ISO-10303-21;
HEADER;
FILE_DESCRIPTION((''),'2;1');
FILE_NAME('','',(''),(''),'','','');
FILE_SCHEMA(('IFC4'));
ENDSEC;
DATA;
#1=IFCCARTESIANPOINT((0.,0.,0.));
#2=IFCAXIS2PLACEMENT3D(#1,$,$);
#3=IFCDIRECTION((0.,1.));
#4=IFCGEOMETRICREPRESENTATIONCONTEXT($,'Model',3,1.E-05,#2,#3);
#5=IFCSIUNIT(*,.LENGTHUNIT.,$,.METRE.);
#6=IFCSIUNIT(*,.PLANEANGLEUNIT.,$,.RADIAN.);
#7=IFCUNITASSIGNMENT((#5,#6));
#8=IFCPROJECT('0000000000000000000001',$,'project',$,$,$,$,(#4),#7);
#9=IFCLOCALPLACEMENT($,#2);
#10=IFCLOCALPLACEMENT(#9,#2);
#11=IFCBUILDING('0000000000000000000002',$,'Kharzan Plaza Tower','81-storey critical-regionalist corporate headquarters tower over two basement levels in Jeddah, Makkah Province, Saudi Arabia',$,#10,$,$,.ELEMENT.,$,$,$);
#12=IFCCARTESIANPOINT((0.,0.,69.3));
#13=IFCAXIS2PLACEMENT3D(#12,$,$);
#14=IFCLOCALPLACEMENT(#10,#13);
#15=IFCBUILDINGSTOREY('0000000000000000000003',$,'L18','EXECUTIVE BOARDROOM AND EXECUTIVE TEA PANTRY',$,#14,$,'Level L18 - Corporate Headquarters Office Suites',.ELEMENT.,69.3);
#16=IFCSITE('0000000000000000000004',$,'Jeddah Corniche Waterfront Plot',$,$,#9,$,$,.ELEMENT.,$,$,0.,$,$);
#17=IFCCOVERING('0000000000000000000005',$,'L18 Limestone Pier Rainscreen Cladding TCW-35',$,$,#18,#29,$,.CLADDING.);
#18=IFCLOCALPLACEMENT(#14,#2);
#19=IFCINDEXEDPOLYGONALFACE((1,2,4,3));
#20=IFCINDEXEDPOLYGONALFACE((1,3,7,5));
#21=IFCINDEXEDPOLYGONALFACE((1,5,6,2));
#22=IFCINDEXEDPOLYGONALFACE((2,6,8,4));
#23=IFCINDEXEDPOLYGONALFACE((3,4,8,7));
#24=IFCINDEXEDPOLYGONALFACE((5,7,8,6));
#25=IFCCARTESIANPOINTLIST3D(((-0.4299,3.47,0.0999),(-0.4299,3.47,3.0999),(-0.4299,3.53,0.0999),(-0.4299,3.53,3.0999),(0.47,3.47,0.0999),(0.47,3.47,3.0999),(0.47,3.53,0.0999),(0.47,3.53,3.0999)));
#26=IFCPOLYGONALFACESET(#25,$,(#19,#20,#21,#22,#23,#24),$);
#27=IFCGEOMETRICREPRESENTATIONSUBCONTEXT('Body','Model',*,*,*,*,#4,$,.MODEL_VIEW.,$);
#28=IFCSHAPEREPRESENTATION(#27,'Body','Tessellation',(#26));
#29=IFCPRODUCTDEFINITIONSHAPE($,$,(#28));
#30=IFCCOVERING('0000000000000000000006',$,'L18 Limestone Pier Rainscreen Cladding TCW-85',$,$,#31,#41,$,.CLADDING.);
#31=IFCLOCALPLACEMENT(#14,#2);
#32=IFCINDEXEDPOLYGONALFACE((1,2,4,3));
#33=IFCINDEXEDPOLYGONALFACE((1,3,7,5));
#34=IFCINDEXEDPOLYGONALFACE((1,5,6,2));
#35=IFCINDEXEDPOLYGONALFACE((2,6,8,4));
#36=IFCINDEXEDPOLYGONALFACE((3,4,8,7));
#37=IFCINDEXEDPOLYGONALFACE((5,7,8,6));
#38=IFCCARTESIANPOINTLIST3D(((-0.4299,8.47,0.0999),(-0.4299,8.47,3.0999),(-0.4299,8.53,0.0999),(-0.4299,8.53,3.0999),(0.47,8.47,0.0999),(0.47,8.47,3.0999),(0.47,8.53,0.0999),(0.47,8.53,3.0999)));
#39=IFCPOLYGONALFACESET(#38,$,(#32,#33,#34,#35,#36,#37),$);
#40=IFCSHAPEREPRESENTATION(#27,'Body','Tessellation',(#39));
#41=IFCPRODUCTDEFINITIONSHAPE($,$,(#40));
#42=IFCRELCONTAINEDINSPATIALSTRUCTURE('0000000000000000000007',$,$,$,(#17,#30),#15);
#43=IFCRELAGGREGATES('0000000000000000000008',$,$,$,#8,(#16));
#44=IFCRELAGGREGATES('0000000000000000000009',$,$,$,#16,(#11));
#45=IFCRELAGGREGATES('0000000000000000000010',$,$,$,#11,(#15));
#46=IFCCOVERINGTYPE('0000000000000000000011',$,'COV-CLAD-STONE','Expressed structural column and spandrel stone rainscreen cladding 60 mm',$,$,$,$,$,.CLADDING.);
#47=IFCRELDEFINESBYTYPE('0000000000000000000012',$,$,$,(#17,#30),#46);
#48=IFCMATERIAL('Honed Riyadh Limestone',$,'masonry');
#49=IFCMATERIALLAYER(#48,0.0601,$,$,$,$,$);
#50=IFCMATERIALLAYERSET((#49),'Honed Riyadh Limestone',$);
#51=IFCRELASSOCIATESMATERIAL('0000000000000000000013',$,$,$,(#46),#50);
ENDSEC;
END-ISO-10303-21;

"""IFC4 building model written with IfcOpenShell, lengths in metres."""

from ifc_helpers import new_model, si_unit, direction, frame, origin, origin_2d, place, context, subcontext, project, spatial, rectangle, extrude, source, transform, mapped, material, layer, layer_set, type_object, element, save


model = new_model("IFC4")

# Units and contexts
model_context = context("Model", 3, precision=1e-05, world=origin(), true_north=direction((0.0, 1.0)))
body_context = subcontext(model_context, "Body", "Model", "MODEL_VIEW")
ifc_project = project(units=[si_unit("LENGTHUNIT", "METRE"), si_unit("PLANEANGLEUNIT", "RADIAN")], contexts=[model_context])

# Site, building, storey
site_placement = place(None, origin())
site = spatial("IfcSite", under=ifc_project, at=site_placement, Name="Jeddah Corniche Waterfront Plot", CompositionType="ELEMENT", RefElevation=0.0)
building_placement = place(site_placement, origin())
building = spatial("IfcBuilding", under=site, at=building_placement, Name="Kharzan Plaza Tower", Description="81-storey critical-regionalist corporate headquarters tower over two basement levels in Jeddah, Makkah Province, Saudi Arabia", CompositionType="ELEMENT")
storey_placement = place(building_placement, frame((0.0, 0.0, 69.3)))
storey = spatial("IfcBuildingStorey", under=building, at=storey_placement, Name="L18", Description="EXECUTIVE BOARDROOM AND EXECUTIVE TEA PANTRY", LongName="Level L18 - Corporate Headquarters Office Suites", CompositionType="ELEMENT", Elevation=69.3)

# Coverings
ifc_material_1 = material(Name="Honed Riyadh Limestone", Category="masonry")
ifc_layer_1 = layer(ifc_material_1, 0.0601)
ifc_layer_set_1 = layer_set([ifc_layer_1], Name="Honed Riyadh Limestone")
covering_type = type_object("IfcCoveringType", Name="COV-CLAD-STONE", Description="Expressed structural column and spandrel stone rainscreen cladding 60 mm", PredefinedType="CLADDING", material=ifc_layer_set_1)
shared_shape_1 = source(origin(), body_context, "Body", "SweptSolid", [
    extrude(rectangle(XDim=0.0601, YDim=0.8999, at=origin_2d()), origin(), (0.0, 0.0, 1.0), 3.0),
])
for number, where, z_axis, x_axis, name in (
    (1, (0.02, 3.5, 0.0999), (0.0, 0.0, 1.0), (0.0, 1.0, 0.0), "L18 Limestone Pier Rainscreen Cladding TCW-35"),
    (2, (0.02, 8.5, 0.0999), (0.0, 0.0, 1.0), (0.0, 1.0, 0.0), "L18 Limestone Pier Rainscreen Cladding TCW-85"),
):
    element("IfcCovering", number, at=place(storey_placement, frame(where, z_axis=z_axis, x_axis=x_axis)), inside=storey, type_object=covering_type, Name=name, PredefinedType="CLADDING", context=body_context, shape_type="MappedRepresentation", body=[
        mapped(shared_shape_1, transform((0.0, 0.0, 0.0), x_axis=(1.0, 0.0, 0.0), y_axis=(0.0, 1.0, 0.0), z_axis=(0.0, 0.0, 1.0))),
    ])

save(model, "model.ifc")
